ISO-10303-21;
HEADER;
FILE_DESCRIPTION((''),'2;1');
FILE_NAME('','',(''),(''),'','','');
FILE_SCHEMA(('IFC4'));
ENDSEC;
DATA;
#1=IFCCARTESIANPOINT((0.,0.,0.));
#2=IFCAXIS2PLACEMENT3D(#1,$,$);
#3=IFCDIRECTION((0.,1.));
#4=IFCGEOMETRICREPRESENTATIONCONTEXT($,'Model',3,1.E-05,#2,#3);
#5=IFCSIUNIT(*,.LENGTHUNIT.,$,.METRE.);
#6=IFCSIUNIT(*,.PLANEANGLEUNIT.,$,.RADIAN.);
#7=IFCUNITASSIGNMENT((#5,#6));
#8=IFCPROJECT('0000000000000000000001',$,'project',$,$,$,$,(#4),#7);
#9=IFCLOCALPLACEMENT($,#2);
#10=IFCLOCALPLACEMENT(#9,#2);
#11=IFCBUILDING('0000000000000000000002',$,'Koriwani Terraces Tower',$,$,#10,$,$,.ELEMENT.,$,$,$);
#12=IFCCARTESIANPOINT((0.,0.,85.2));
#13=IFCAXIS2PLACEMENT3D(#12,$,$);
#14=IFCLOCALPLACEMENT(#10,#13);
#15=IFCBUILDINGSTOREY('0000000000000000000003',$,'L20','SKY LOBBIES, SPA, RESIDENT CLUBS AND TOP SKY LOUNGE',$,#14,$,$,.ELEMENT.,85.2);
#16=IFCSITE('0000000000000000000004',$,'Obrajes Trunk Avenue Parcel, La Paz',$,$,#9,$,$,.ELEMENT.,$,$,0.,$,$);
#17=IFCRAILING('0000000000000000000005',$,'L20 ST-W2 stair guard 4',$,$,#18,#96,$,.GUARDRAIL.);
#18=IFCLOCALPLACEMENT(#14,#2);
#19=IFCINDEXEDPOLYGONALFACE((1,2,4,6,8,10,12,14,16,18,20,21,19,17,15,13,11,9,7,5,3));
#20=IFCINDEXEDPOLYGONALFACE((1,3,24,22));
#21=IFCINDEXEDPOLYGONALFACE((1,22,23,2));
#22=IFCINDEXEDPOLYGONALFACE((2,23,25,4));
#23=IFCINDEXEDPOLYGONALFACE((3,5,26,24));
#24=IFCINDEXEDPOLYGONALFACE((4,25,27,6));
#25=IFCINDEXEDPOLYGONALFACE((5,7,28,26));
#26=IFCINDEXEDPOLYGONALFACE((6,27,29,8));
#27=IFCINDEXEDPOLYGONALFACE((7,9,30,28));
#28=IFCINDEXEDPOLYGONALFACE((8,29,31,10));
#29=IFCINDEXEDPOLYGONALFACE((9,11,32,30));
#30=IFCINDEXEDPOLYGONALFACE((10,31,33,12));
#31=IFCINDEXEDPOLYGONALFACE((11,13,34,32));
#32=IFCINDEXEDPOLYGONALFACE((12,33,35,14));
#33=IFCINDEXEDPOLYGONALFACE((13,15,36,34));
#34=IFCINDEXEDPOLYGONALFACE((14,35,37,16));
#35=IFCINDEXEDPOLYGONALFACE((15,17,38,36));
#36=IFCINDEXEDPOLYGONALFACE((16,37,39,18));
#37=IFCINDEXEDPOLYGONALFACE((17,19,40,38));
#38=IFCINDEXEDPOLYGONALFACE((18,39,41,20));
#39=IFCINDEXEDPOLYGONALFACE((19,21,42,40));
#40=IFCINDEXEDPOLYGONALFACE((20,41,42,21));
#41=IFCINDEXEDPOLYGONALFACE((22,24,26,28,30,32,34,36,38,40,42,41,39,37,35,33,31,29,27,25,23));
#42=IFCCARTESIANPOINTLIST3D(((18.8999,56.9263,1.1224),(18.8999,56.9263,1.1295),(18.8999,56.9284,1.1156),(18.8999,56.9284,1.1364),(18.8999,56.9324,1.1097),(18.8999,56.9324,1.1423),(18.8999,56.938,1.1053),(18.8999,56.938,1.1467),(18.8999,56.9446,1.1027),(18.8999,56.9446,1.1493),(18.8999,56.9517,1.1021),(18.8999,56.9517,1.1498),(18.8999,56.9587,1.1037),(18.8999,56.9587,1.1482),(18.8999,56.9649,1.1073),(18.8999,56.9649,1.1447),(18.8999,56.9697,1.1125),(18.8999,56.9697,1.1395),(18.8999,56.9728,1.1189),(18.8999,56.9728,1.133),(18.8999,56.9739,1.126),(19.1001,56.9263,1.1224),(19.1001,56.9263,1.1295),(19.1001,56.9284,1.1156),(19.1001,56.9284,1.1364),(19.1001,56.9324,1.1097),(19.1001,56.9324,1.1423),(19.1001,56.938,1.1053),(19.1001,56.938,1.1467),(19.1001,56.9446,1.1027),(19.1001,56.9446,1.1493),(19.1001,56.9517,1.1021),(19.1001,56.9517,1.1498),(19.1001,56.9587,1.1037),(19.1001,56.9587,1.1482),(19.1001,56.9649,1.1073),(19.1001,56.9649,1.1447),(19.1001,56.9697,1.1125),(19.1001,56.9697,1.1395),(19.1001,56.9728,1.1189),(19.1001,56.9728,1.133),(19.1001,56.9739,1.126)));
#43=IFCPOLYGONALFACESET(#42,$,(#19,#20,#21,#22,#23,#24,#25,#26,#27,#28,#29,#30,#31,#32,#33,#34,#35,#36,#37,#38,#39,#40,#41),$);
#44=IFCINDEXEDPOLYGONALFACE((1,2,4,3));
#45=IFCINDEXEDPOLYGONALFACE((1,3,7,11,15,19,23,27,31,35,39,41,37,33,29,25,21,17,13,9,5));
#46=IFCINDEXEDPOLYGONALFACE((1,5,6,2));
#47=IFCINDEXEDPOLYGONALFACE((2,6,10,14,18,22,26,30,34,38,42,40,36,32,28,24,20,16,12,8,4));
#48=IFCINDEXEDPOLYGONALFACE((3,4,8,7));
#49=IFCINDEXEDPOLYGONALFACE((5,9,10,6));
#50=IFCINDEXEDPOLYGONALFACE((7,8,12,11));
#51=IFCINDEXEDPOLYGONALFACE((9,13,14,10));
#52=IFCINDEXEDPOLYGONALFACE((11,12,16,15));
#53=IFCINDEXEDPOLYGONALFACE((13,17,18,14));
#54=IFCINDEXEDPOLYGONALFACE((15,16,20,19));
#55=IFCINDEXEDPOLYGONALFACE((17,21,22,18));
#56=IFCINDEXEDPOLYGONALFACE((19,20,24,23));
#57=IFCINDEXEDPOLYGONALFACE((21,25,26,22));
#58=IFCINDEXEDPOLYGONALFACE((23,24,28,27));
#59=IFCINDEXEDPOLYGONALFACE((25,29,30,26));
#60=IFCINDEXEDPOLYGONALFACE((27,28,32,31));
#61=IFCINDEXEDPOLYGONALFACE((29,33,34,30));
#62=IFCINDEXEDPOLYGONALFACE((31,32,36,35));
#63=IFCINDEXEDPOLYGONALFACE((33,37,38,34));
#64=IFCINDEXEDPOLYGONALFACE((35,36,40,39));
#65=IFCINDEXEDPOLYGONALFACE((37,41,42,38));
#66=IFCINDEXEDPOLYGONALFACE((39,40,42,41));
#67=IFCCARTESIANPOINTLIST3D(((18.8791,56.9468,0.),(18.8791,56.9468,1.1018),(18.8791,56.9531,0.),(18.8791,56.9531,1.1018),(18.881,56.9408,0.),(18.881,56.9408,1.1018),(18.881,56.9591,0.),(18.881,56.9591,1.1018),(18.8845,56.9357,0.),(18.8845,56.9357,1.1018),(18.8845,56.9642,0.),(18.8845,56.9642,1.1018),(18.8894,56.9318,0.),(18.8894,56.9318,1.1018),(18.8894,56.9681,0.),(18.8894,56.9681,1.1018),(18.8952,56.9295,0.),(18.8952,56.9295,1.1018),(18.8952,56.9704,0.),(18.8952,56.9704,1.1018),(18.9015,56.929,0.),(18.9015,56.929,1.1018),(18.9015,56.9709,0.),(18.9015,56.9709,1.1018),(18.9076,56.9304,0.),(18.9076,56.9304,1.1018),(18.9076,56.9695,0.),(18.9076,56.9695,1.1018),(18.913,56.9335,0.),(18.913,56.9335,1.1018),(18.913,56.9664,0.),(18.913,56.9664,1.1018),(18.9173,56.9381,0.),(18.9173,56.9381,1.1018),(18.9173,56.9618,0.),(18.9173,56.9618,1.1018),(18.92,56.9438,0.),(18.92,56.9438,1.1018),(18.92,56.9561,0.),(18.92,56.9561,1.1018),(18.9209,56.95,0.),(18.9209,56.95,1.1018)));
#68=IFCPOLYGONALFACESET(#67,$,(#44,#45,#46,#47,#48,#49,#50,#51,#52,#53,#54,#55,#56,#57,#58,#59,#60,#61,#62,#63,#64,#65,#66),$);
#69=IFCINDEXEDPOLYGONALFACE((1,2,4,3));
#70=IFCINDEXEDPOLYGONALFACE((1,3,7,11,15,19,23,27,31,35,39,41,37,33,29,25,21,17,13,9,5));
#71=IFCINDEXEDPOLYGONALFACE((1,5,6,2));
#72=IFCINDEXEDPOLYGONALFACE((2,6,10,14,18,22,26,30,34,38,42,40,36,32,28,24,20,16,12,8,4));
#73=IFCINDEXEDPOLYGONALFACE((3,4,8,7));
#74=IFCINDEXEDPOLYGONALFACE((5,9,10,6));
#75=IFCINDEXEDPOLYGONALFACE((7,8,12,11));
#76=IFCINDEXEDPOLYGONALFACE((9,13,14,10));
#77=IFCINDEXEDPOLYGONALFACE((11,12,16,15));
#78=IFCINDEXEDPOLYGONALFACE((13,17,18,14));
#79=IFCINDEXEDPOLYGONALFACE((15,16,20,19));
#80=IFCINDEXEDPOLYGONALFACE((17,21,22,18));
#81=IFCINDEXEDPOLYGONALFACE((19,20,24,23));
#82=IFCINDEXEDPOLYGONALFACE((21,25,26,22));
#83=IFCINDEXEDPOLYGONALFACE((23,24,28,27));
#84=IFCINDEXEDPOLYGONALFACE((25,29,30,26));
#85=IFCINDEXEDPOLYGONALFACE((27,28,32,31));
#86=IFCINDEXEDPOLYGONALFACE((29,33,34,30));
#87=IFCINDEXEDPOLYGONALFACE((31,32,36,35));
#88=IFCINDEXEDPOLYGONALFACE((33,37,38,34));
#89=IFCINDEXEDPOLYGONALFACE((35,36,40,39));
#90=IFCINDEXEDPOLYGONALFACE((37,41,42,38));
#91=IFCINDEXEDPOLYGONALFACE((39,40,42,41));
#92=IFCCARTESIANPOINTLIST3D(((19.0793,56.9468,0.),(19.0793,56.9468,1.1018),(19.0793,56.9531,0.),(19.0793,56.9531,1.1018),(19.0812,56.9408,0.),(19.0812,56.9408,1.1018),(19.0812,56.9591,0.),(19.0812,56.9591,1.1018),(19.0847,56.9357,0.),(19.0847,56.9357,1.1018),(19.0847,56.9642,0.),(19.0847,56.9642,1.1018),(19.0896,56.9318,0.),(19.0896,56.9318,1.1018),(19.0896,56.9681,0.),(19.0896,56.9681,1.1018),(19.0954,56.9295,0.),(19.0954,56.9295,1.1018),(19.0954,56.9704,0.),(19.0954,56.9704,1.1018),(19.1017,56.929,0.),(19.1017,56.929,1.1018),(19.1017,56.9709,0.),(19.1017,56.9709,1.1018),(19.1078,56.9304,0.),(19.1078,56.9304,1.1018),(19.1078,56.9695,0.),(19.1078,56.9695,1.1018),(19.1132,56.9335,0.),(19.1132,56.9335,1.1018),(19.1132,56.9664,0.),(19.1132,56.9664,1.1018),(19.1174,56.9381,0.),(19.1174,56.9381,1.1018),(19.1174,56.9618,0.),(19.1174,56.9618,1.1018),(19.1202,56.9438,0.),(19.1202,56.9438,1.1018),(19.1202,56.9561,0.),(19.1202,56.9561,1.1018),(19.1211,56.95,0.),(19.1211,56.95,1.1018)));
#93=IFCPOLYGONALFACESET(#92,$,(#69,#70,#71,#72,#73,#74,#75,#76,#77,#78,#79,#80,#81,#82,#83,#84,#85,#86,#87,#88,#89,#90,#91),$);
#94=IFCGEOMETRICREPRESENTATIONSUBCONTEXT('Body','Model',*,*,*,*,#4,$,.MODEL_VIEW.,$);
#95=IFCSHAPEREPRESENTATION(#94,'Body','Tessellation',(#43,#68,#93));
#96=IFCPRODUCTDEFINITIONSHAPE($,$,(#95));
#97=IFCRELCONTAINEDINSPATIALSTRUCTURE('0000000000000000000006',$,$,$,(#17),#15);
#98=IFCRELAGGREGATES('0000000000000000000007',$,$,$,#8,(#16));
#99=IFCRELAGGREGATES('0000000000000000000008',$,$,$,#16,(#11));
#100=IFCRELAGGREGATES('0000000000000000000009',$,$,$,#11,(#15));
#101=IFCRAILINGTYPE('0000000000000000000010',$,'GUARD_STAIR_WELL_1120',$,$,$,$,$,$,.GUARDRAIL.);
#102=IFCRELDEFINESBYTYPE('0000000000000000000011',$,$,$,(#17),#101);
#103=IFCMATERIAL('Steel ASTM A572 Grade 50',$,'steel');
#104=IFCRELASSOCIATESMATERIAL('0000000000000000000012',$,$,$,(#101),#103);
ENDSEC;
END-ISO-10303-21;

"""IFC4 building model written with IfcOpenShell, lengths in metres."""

from ifc_helpers import new_model, si_unit, direction, frame, origin, origin_2d, place, context, subcontext, project, spatial, circle, extrude, material, type_object, element, save


model = new_model("IFC4")

# Units and contexts
model_context = context("Model", 3, precision=1e-05, world=origin(), true_north=direction((0.0, 1.0)))
body_context = subcontext(model_context, "Body", "Model", "MODEL_VIEW")
ifc_project = project(units=[si_unit("LENGTHUNIT", "METRE"), si_unit("PLANEANGLEUNIT", "RADIAN")], contexts=[model_context])

# Site, building, storey
site_placement = place(None, origin())
site = spatial("IfcSite", under=ifc_project, at=site_placement, Name="Obrajes Trunk Avenue Parcel, La Paz", CompositionType="ELEMENT", RefElevation=0.0)
building_placement = place(site_placement, origin())
building = spatial("IfcBuilding", under=site, at=building_placement, Name="Koriwani Terraces Tower", CompositionType="ELEMENT")
storey_placement = place(building_placement, frame((0.0, 0.0, 85.2)))
storey = spatial("IfcBuildingStorey", under=building, at=storey_placement, Name="L20", Description="SKY LOBBIES, SPA, RESIDENT CLUBS AND TOP SKY LOUNGE", CompositionType="ELEMENT", Elevation=85.2)

# Shared definitions
ifc_material_1 = material(Name="Steel ASTM A572 Grade 50", Category="steel")

# Railing
railing_type_1 = type_object("IfcRailingType", Name="GUARD_STAIR_WELL_1120", PredefinedType="GUARDRAIL", material=ifc_material_1)
railing_1_placement = place(storey_placement, frame((18.8999, 56.95, 0.0)))
element("IfcRailing", 1, at=railing_1_placement, inside=storey, type_object=railing_type_1, Name="L20 ST-W2 stair guard 4", PredefinedType="GUARDRAIL", context=body_context, shape_type="SweptSolid", body=[
    extrude(circle(Radius=0.0239, at=origin_2d()), frame((0.0, 0.0, 1.126), z_axis=(1.0, 0.0, 0.0), x_axis=(0.0, 1.0, 0.0)), (0.0, 0.0, 1.0), 0.2002),
    extrude(circle(Radius=0.021, at=origin_2d()), origin(), (0.0, 0.0, 1.0), 1.1018),
    extrude(circle(Radius=0.021, at=origin_2d()), frame((0.2002, 0.0, 0.0)), (0.0, 0.0, 1.0), 1.1018),
])

save(model, "model.ifc")
